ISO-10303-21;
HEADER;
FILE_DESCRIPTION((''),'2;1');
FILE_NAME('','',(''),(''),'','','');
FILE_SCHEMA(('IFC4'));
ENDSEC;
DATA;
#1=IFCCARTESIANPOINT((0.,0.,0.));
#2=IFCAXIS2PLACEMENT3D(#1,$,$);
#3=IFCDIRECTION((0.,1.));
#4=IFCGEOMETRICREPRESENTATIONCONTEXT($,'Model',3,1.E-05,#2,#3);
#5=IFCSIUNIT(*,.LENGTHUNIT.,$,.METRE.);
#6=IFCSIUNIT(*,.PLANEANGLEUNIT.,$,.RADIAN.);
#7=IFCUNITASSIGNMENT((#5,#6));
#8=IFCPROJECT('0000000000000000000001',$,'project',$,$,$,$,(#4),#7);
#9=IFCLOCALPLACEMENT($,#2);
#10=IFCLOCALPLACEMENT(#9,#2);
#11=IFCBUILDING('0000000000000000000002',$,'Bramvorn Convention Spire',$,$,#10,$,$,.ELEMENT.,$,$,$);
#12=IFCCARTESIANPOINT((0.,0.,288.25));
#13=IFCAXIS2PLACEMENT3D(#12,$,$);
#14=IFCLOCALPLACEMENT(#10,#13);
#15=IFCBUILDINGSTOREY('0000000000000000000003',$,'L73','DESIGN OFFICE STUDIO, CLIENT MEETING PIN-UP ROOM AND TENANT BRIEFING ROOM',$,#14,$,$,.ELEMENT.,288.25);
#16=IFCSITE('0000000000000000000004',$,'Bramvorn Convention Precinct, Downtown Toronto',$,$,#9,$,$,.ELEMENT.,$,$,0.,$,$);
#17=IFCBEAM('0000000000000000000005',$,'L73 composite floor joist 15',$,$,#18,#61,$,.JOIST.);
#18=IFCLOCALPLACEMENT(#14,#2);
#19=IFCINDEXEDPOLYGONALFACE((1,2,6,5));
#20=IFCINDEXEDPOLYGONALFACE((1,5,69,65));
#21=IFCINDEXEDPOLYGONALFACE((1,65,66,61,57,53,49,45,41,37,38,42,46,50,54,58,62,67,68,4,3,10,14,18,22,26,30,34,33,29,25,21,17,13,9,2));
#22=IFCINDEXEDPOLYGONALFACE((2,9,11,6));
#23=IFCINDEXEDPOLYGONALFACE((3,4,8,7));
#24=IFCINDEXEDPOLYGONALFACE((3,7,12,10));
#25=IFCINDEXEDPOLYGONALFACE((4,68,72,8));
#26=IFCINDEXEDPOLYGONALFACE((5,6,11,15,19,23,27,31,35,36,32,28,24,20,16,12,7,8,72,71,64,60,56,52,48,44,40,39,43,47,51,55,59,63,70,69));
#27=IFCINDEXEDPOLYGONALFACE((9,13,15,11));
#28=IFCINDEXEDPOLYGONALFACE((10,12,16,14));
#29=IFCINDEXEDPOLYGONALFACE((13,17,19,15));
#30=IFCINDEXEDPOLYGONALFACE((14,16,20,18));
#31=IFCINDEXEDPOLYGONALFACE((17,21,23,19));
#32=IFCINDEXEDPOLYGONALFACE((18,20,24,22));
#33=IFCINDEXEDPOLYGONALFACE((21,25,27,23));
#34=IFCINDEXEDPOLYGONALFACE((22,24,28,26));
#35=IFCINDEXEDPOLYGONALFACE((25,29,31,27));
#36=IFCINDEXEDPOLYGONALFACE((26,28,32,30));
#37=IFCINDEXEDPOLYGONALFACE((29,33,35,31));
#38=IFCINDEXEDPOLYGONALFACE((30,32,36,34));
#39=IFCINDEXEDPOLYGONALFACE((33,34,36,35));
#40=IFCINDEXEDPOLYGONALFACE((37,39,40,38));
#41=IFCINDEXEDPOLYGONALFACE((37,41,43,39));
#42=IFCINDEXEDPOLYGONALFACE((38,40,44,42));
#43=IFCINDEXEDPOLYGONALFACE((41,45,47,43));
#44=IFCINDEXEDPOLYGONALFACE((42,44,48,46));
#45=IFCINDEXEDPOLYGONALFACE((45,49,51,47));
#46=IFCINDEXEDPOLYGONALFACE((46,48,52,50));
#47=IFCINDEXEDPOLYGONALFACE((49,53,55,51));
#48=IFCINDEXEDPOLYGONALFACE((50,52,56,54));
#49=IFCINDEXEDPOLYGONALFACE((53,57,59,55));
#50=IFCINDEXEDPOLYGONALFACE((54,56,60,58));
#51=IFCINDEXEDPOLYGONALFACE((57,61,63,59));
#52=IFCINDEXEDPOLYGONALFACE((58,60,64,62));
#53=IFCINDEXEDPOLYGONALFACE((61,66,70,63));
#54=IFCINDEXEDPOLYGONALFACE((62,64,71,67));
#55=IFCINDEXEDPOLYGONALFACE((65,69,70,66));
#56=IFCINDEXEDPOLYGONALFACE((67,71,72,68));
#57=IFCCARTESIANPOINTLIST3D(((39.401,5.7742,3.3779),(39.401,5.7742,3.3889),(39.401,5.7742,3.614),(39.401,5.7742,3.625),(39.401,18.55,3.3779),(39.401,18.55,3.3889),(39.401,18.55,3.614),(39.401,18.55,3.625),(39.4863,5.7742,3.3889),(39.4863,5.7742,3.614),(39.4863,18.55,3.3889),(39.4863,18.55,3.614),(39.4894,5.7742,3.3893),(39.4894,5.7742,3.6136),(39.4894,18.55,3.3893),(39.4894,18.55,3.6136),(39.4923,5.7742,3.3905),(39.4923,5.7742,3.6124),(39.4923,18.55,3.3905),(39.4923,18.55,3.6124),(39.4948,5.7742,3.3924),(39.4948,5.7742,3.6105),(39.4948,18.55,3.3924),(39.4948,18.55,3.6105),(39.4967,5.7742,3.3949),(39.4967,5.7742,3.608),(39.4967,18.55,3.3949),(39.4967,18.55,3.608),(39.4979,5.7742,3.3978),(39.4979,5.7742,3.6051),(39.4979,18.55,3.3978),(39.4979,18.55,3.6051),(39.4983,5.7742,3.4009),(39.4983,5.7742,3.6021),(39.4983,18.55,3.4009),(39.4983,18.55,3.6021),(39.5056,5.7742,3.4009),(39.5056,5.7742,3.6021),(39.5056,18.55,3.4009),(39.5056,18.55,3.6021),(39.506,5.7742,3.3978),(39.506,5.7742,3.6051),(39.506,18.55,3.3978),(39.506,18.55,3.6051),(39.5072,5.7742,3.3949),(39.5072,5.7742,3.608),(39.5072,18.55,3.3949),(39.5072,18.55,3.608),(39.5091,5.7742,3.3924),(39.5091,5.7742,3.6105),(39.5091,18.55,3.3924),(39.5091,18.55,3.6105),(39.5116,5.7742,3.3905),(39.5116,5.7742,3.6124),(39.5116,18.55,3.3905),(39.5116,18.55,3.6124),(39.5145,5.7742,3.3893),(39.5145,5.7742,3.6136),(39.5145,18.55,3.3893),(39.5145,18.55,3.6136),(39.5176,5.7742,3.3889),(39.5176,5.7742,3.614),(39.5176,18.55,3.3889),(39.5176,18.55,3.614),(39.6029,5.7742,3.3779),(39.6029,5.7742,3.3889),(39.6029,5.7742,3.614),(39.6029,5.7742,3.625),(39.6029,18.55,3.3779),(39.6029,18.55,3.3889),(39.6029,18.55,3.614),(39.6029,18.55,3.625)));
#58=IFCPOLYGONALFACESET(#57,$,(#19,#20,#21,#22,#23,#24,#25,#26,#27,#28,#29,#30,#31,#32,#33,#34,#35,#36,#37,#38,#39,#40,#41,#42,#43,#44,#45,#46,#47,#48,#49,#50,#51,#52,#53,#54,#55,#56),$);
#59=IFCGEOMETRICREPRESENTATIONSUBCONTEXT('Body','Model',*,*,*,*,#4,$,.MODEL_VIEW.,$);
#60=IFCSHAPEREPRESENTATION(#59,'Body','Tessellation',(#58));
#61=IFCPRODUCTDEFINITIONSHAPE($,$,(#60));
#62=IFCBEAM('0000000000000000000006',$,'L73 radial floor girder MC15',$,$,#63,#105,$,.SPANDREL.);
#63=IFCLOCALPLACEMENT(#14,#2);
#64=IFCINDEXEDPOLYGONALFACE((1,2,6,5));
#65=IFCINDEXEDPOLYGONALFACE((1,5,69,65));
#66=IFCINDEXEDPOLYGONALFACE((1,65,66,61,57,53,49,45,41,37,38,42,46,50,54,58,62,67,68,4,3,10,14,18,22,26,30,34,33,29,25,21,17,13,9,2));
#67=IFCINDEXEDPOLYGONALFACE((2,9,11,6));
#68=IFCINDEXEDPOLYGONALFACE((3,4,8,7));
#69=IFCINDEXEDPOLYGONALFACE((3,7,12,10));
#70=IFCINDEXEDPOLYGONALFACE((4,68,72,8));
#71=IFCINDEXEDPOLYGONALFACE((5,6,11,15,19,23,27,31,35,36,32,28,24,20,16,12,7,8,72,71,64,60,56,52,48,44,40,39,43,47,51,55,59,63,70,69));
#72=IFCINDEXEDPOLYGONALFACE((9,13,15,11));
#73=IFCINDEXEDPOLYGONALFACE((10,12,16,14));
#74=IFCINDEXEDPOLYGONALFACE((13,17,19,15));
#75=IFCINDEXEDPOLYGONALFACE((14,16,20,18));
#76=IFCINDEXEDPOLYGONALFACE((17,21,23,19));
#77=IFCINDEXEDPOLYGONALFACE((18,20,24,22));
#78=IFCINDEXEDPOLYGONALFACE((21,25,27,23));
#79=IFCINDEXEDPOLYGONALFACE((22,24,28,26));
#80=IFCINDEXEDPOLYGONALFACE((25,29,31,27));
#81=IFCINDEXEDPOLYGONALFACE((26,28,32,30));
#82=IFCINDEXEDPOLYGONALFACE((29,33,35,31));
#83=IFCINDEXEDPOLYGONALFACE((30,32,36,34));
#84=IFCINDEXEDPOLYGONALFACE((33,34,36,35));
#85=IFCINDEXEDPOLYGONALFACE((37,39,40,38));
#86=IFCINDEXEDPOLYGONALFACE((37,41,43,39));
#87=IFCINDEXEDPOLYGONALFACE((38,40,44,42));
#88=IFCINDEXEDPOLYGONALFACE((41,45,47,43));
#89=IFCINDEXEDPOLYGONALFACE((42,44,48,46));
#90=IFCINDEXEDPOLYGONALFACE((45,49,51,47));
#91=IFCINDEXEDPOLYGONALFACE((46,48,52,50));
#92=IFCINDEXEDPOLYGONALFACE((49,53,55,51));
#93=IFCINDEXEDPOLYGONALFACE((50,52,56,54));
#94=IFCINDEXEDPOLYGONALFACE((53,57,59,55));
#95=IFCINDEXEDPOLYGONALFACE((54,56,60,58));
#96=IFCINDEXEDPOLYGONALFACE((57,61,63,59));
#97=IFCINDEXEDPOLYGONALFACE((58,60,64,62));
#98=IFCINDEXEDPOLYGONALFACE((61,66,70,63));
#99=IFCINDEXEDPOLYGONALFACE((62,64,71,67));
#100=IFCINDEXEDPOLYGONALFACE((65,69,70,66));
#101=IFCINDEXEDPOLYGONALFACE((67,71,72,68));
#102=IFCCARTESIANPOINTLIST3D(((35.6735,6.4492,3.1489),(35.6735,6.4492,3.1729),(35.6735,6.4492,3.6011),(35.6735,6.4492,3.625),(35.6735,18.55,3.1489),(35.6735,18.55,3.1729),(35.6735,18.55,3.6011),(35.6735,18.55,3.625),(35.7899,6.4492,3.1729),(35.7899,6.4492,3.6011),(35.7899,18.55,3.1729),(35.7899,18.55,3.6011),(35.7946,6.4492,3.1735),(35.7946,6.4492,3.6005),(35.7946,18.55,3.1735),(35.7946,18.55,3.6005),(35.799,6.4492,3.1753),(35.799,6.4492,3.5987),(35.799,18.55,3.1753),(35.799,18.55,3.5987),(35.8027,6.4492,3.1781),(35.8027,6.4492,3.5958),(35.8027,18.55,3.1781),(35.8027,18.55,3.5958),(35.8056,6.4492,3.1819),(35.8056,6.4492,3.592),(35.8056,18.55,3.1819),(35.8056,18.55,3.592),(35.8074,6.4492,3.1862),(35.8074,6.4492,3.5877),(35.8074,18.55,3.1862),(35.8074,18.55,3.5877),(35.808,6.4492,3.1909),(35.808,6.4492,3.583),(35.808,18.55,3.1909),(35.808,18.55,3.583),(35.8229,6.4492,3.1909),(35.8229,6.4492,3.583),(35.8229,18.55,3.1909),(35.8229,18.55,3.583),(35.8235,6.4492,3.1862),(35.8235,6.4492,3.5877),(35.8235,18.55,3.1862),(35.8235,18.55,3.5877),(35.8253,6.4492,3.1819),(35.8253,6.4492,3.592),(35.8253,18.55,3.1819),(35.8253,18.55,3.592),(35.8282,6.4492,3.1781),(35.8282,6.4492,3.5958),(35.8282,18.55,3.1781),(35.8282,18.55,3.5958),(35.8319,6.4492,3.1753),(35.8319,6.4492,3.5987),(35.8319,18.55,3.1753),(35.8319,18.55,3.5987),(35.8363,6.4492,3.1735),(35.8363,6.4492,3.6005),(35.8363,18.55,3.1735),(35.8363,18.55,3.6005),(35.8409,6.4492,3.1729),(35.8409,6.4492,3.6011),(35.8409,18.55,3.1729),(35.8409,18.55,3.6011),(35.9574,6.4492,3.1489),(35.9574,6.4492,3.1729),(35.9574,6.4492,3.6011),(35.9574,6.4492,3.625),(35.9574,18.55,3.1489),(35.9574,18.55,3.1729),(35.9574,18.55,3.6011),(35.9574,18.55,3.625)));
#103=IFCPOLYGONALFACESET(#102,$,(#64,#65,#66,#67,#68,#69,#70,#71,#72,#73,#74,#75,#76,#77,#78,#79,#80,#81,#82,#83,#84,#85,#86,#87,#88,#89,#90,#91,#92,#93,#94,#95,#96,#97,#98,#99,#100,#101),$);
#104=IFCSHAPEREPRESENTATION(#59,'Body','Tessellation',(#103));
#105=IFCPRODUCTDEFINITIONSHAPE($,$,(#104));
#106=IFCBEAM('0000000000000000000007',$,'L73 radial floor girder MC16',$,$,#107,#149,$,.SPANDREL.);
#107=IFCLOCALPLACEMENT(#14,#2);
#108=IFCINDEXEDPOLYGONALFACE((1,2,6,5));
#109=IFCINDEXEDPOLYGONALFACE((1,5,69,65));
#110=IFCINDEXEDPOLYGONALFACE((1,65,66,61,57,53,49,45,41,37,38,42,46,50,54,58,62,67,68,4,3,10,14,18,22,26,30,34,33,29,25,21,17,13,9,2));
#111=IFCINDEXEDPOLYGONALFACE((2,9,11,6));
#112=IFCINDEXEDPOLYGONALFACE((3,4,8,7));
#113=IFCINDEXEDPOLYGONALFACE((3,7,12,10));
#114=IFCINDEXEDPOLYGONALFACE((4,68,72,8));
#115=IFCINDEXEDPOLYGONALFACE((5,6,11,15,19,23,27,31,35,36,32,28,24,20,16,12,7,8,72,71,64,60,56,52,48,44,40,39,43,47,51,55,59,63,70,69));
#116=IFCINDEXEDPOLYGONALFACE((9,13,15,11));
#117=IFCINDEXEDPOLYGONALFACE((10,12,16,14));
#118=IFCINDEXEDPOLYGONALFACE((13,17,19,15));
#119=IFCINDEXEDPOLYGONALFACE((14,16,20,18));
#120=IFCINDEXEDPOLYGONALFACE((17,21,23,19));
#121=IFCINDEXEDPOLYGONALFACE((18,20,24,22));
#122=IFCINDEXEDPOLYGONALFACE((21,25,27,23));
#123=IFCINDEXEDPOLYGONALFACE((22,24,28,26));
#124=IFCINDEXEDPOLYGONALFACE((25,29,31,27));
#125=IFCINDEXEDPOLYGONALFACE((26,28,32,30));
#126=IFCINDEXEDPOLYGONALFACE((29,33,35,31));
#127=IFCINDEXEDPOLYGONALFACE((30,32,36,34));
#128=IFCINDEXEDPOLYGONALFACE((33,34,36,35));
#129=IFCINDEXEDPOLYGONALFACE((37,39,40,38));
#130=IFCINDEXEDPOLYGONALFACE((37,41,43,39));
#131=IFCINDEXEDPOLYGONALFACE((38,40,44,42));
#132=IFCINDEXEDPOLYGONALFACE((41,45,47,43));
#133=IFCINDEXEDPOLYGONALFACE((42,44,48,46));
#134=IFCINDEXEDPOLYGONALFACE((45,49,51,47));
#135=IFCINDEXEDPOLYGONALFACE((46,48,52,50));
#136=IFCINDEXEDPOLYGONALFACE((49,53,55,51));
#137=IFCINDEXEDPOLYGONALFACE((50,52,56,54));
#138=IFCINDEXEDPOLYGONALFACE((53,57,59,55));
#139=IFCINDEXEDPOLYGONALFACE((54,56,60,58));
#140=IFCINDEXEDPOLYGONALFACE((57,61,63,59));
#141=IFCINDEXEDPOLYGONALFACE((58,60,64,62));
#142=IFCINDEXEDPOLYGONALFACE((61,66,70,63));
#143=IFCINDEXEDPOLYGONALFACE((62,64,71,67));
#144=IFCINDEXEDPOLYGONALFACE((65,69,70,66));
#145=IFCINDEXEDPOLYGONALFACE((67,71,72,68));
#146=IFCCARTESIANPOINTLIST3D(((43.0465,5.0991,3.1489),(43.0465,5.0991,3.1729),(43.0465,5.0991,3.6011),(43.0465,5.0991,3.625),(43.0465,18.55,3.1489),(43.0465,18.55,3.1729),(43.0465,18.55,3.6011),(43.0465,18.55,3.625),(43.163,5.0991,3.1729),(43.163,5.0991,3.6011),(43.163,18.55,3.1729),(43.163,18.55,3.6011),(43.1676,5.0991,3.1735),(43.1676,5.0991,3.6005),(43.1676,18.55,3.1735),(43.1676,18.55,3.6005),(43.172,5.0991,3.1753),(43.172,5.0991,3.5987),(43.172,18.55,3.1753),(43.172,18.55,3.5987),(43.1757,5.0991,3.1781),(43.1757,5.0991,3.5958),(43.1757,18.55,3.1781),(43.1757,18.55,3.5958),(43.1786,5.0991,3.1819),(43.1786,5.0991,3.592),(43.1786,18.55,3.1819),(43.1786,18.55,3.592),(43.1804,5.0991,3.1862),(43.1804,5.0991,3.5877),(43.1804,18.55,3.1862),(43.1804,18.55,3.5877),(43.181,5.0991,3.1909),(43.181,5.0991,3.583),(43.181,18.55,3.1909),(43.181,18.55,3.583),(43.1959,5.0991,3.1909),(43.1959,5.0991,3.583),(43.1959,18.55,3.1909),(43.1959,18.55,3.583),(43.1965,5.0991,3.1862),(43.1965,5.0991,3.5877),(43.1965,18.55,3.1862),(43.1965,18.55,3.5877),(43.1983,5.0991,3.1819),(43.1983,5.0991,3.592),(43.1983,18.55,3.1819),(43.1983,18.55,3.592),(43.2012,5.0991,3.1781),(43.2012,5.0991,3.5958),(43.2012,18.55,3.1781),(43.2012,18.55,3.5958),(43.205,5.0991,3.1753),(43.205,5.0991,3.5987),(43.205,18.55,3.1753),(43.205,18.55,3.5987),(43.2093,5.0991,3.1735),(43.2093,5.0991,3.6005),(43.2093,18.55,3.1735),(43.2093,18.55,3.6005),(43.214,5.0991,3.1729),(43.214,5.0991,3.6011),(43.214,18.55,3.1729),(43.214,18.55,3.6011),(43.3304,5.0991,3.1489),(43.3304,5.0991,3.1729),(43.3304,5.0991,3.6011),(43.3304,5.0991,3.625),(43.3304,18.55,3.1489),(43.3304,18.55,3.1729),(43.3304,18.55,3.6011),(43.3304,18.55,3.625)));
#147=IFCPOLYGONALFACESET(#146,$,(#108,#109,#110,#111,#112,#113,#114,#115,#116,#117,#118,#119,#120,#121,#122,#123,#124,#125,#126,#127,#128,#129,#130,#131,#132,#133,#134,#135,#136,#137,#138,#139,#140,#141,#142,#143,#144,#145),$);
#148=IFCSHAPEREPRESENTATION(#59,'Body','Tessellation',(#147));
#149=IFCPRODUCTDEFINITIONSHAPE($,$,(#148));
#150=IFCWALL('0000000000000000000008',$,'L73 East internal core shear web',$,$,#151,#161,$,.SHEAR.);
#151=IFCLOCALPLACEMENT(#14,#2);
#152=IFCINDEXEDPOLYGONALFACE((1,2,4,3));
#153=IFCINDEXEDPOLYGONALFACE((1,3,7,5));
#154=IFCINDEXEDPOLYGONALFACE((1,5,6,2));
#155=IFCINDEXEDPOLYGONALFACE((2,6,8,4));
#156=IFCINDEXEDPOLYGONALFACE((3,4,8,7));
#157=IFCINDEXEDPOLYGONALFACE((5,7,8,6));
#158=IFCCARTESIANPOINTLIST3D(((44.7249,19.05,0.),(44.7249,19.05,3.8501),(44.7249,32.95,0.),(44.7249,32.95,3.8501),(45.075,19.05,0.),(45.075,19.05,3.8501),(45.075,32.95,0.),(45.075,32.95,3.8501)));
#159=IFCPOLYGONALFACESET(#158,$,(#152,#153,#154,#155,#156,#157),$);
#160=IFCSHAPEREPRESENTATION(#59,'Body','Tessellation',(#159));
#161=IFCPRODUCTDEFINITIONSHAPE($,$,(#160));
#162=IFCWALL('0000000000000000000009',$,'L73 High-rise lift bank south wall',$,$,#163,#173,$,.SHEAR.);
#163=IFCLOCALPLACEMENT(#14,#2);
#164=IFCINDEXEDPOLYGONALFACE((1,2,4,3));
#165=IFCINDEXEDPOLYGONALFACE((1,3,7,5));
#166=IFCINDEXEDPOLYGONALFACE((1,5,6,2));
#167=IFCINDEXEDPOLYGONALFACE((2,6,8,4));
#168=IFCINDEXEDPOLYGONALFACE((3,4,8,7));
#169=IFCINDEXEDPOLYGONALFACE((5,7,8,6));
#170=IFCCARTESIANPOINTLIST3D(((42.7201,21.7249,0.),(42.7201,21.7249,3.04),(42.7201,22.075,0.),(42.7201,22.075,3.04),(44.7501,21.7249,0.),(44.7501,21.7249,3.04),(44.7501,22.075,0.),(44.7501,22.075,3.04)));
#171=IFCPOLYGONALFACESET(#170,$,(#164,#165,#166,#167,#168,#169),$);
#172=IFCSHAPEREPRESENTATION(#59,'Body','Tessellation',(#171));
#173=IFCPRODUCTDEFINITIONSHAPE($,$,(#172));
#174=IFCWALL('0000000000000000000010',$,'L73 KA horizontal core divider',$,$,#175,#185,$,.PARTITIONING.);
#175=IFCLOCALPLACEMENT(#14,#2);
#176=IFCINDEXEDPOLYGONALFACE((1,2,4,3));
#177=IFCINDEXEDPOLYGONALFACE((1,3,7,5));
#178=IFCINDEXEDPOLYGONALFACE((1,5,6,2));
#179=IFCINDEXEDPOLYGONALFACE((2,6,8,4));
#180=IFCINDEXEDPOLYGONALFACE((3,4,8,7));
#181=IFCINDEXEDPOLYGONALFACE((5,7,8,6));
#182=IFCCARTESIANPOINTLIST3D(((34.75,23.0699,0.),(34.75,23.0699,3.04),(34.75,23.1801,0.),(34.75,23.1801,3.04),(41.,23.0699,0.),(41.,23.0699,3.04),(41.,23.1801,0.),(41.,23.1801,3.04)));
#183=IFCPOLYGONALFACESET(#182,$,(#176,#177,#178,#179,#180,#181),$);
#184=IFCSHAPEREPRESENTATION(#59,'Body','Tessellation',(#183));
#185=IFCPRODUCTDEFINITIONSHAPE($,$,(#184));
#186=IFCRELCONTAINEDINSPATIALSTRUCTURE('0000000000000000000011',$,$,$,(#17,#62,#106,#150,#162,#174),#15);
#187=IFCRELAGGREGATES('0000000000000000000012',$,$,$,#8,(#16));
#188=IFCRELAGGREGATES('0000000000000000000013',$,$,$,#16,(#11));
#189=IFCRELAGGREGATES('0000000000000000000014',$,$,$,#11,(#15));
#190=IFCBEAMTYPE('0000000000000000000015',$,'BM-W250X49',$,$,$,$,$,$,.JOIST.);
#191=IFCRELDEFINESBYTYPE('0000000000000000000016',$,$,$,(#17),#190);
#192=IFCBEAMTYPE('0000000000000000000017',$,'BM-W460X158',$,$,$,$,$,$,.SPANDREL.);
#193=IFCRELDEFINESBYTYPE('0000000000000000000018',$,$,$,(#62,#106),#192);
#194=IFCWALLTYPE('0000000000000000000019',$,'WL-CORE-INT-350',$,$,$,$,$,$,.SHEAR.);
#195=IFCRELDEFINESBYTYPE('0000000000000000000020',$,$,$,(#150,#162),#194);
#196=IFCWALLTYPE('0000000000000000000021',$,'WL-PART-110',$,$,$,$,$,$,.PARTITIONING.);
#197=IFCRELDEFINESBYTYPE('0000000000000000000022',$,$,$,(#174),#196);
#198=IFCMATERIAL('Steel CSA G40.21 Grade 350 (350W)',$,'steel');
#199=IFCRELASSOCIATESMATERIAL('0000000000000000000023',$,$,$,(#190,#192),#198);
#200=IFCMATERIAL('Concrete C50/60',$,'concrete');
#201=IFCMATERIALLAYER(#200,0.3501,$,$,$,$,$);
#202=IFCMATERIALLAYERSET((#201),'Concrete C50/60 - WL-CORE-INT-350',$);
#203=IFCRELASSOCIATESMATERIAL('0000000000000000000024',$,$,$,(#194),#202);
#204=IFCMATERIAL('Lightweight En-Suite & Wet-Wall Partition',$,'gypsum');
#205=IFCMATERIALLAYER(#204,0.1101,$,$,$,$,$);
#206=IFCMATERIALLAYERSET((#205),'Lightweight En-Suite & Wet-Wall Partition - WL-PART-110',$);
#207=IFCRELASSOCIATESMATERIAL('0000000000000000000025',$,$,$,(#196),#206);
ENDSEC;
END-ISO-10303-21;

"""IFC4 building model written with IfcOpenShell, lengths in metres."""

from ifc_helpers import new_model, si_unit, direction, frame, frame_2d, origin, origin_2d, place, context, subcontext, project, spatial, rectangle, i_section, extrude, material, layer, layer_set, material_profile, profile_set, type_object, element, save


model = new_model("IFC4")

# Units and contexts
model_context = context("Model", 3, precision=1e-05, world=origin(), true_north=direction((0.0, 1.0)))
body_context = subcontext(model_context, "Body", "Model", "MODEL_VIEW")
ifc_project = project(units=[si_unit("LENGTHUNIT", "METRE"), si_unit("PLANEANGLEUNIT", "RADIAN")], contexts=[model_context])

# Site, building, storey
site_placement = place(None, origin())
site = spatial("IfcSite", under=ifc_project, at=site_placement, Name="Bramvorn Convention Precinct, Downtown Toronto", CompositionType="ELEMENT", RefElevation=0.0)
building_placement = place(site_placement, origin())
building = spatial("IfcBuilding", under=site, at=building_placement, Name="Bramvorn Convention Spire", CompositionType="ELEMENT")
storey_placement = place(building_placement, frame((0.0, 0.0, 288.25)))
storey = spatial("IfcBuildingStorey", under=building, at=storey_placement, Name="L73", Description="DESIGN OFFICE STUDIO, CLIENT MEETING PIN-UP ROOM AND TENANT BRIEFING ROOM", CompositionType="ELEMENT", Elevation=288.25)

# Beams
ifc_material_1 = material(Name="Steel CSA G40.21 Grade 350 (350W)", Category="steel")
ifc_material_profile_1 = material_profile(ifc_material_1, i_section(OverallWidth=0.2019, OverallDepth=0.2471, WebThickness=0.0073, FlangeThickness=0.011, FilletRadius=0.012, at=origin_2d()))
ifc_profile_set_1 = profile_set([ifc_material_profile_1], Name="Steel CSA G40.21 Grade 350 (350W) - W250X49")
beam_type_1 = type_object("IfcBeamType", Name="BM-W250X49", PredefinedType="JOIST", material=ifc_profile_set_1)
beam_1_placement = place(storey_placement, frame((39.502, 18.55, 3.5015), z_axis=(0.0, -1.0, 0.0), x_axis=(1.0, 0.0, 0.0)))
element("IfcBeam", 1, at=beam_1_placement, inside=storey, type_object=beam_type_1, Name="L73 composite floor joist 15", PredefinedType="JOIST", context=body_context, shape_type="SweptSolid", body=[
    extrude(i_section(OverallWidth=0.2019, OverallDepth=0.2471, WebThickness=0.0073, FlangeThickness=0.011, FilletRadius=0.012, at=origin_2d()), origin(), (0.0, 0.0, 1.0), 12.7759),
])
ifc_material_profile_2 = material_profile(ifc_material_1, i_section(OverallWidth=0.2839, OverallDepth=0.4761, WebThickness=0.0149, FlangeThickness=0.0239, FilletRadius=0.0181, at=origin_2d()))
ifc_profile_set_2 = profile_set([ifc_material_profile_2], Name="Steel CSA G40.21 Grade 350 (350W) - W460X158")
beam_type_2 = type_object("IfcBeamType", Name="BM-W460X158", PredefinedType="SPANDREL", material=ifc_profile_set_2)
beam_2_placement = place(storey_placement, frame((35.8154, 18.55, 3.387), z_axis=(0.0, -1.0, 0.0), x_axis=(1.0, 0.0, 0.0)))
element("IfcBeam", 2, at=beam_2_placement, inside=storey, type_object=beam_type_2, Name="L73 radial floor girder MC15", PredefinedType="SPANDREL", context=body_context, shape_type="SweptSolid", body=[
    extrude(i_section(OverallWidth=0.2839, OverallDepth=0.4761, WebThickness=0.0149, FlangeThickness=0.0239, FilletRadius=0.0181, at=origin_2d()), origin(), (0.0, 0.0, 1.0), 12.1008),
])
beam_3_placement = place(storey_placement, frame((43.1885, 18.55, 3.387), z_axis=(0.0, -1.0, 0.0), x_axis=(1.0, 0.0, 0.0)))
element("IfcBeam", 3, at=beam_3_placement, inside=storey, type_object=beam_type_2, Name="L73 radial floor girder MC16", PredefinedType="SPANDREL", context=body_context, shape_type="SweptSolid", body=[
    extrude(i_section(OverallWidth=0.2839, OverallDepth=0.4761, WebThickness=0.0149, FlangeThickness=0.0239, FilletRadius=0.0181, at=origin_2d()), origin(), (0.0, 0.0, 1.0), 13.4509),
])

# Wall
ifc_material_2 = material(Name="Concrete C50/60", Category="concrete")
ifc_layer_1 = layer(ifc_material_2, 0.3501)
ifc_layer_set_1 = layer_set([ifc_layer_1], Name="Concrete C50/60 - WL-CORE-INT-350")
wall_type_1 = type_object("IfcWallType", Name="WL-CORE-INT-350", PredefinedType="SHEAR", material=ifc_layer_set_1)
wall_1_placement = place(storey_placement, frame((44.8999, 19.05, 0.0), z_axis=(0.0, 0.0, 1.0), x_axis=(0.0, 1.0, 0.0)))
element("IfcWall", 4, at=wall_1_placement, inside=storey, type_object=wall_type_1, Name="L73 East internal core shear web", PredefinedType="SHEAR", context=body_context, shape_type="SweptSolid", body=[
    extrude(rectangle(XDim=13.8999, YDim=0.3501, at=frame_2d((6.95, 0.0))), origin(), (0.0, 0.0, 1.0), 3.8501),
])

# Walls
wall_2_placement = place(storey_placement, frame((42.72, 21.8999, 0.0), z_axis=(0.0, 0.0, 1.0), x_axis=(1.0, 0.0, 0.0)))
element("IfcWall", 5, at=wall_2_placement, inside=storey, type_object=wall_type_1, Name="L73 High-rise lift bank south wall", PredefinedType="SHEAR", context=body_context, shape_type="SweptSolid", body=[
    extrude(rectangle(XDim=2.03, YDim=0.3501, at=frame_2d((1.0151, 0.0))), origin(), (0.0, 0.0, 1.0), 3.04),
])
ifc_material_3 = material(Name="Lightweight En-Suite & Wet-Wall Partition", Category="gypsum")
ifc_layer_2 = layer(ifc_material_3, 0.1101)
ifc_layer_set_2 = layer_set([ifc_layer_2], Name="Lightweight En-Suite & Wet-Wall Partition - WL-PART-110")
wall_type_2 = type_object("IfcWallType", Name="WL-PART-110", PredefinedType="PARTITIONING", material=ifc_layer_set_2)
wall_3_placement = place(storey_placement, frame((34.75, 23.125, 0.0), z_axis=(0.0, 0.0, 1.0), x_axis=(1.0, 0.0, 0.0)))
element("IfcWall", 6, at=wall_3_placement, inside=storey, type_object=wall_type_2, Name="L73 KA horizontal core divider", PredefinedType="PARTITIONING", context=body_context, shape_type="SweptSolid", body=[
    extrude(rectangle(XDim=6.25, YDim=0.1101, at=frame_2d((3.125, 0.0))), origin(), (0.0, 0.0, 1.0), 3.04),
])

save(model, "model.ifc")
